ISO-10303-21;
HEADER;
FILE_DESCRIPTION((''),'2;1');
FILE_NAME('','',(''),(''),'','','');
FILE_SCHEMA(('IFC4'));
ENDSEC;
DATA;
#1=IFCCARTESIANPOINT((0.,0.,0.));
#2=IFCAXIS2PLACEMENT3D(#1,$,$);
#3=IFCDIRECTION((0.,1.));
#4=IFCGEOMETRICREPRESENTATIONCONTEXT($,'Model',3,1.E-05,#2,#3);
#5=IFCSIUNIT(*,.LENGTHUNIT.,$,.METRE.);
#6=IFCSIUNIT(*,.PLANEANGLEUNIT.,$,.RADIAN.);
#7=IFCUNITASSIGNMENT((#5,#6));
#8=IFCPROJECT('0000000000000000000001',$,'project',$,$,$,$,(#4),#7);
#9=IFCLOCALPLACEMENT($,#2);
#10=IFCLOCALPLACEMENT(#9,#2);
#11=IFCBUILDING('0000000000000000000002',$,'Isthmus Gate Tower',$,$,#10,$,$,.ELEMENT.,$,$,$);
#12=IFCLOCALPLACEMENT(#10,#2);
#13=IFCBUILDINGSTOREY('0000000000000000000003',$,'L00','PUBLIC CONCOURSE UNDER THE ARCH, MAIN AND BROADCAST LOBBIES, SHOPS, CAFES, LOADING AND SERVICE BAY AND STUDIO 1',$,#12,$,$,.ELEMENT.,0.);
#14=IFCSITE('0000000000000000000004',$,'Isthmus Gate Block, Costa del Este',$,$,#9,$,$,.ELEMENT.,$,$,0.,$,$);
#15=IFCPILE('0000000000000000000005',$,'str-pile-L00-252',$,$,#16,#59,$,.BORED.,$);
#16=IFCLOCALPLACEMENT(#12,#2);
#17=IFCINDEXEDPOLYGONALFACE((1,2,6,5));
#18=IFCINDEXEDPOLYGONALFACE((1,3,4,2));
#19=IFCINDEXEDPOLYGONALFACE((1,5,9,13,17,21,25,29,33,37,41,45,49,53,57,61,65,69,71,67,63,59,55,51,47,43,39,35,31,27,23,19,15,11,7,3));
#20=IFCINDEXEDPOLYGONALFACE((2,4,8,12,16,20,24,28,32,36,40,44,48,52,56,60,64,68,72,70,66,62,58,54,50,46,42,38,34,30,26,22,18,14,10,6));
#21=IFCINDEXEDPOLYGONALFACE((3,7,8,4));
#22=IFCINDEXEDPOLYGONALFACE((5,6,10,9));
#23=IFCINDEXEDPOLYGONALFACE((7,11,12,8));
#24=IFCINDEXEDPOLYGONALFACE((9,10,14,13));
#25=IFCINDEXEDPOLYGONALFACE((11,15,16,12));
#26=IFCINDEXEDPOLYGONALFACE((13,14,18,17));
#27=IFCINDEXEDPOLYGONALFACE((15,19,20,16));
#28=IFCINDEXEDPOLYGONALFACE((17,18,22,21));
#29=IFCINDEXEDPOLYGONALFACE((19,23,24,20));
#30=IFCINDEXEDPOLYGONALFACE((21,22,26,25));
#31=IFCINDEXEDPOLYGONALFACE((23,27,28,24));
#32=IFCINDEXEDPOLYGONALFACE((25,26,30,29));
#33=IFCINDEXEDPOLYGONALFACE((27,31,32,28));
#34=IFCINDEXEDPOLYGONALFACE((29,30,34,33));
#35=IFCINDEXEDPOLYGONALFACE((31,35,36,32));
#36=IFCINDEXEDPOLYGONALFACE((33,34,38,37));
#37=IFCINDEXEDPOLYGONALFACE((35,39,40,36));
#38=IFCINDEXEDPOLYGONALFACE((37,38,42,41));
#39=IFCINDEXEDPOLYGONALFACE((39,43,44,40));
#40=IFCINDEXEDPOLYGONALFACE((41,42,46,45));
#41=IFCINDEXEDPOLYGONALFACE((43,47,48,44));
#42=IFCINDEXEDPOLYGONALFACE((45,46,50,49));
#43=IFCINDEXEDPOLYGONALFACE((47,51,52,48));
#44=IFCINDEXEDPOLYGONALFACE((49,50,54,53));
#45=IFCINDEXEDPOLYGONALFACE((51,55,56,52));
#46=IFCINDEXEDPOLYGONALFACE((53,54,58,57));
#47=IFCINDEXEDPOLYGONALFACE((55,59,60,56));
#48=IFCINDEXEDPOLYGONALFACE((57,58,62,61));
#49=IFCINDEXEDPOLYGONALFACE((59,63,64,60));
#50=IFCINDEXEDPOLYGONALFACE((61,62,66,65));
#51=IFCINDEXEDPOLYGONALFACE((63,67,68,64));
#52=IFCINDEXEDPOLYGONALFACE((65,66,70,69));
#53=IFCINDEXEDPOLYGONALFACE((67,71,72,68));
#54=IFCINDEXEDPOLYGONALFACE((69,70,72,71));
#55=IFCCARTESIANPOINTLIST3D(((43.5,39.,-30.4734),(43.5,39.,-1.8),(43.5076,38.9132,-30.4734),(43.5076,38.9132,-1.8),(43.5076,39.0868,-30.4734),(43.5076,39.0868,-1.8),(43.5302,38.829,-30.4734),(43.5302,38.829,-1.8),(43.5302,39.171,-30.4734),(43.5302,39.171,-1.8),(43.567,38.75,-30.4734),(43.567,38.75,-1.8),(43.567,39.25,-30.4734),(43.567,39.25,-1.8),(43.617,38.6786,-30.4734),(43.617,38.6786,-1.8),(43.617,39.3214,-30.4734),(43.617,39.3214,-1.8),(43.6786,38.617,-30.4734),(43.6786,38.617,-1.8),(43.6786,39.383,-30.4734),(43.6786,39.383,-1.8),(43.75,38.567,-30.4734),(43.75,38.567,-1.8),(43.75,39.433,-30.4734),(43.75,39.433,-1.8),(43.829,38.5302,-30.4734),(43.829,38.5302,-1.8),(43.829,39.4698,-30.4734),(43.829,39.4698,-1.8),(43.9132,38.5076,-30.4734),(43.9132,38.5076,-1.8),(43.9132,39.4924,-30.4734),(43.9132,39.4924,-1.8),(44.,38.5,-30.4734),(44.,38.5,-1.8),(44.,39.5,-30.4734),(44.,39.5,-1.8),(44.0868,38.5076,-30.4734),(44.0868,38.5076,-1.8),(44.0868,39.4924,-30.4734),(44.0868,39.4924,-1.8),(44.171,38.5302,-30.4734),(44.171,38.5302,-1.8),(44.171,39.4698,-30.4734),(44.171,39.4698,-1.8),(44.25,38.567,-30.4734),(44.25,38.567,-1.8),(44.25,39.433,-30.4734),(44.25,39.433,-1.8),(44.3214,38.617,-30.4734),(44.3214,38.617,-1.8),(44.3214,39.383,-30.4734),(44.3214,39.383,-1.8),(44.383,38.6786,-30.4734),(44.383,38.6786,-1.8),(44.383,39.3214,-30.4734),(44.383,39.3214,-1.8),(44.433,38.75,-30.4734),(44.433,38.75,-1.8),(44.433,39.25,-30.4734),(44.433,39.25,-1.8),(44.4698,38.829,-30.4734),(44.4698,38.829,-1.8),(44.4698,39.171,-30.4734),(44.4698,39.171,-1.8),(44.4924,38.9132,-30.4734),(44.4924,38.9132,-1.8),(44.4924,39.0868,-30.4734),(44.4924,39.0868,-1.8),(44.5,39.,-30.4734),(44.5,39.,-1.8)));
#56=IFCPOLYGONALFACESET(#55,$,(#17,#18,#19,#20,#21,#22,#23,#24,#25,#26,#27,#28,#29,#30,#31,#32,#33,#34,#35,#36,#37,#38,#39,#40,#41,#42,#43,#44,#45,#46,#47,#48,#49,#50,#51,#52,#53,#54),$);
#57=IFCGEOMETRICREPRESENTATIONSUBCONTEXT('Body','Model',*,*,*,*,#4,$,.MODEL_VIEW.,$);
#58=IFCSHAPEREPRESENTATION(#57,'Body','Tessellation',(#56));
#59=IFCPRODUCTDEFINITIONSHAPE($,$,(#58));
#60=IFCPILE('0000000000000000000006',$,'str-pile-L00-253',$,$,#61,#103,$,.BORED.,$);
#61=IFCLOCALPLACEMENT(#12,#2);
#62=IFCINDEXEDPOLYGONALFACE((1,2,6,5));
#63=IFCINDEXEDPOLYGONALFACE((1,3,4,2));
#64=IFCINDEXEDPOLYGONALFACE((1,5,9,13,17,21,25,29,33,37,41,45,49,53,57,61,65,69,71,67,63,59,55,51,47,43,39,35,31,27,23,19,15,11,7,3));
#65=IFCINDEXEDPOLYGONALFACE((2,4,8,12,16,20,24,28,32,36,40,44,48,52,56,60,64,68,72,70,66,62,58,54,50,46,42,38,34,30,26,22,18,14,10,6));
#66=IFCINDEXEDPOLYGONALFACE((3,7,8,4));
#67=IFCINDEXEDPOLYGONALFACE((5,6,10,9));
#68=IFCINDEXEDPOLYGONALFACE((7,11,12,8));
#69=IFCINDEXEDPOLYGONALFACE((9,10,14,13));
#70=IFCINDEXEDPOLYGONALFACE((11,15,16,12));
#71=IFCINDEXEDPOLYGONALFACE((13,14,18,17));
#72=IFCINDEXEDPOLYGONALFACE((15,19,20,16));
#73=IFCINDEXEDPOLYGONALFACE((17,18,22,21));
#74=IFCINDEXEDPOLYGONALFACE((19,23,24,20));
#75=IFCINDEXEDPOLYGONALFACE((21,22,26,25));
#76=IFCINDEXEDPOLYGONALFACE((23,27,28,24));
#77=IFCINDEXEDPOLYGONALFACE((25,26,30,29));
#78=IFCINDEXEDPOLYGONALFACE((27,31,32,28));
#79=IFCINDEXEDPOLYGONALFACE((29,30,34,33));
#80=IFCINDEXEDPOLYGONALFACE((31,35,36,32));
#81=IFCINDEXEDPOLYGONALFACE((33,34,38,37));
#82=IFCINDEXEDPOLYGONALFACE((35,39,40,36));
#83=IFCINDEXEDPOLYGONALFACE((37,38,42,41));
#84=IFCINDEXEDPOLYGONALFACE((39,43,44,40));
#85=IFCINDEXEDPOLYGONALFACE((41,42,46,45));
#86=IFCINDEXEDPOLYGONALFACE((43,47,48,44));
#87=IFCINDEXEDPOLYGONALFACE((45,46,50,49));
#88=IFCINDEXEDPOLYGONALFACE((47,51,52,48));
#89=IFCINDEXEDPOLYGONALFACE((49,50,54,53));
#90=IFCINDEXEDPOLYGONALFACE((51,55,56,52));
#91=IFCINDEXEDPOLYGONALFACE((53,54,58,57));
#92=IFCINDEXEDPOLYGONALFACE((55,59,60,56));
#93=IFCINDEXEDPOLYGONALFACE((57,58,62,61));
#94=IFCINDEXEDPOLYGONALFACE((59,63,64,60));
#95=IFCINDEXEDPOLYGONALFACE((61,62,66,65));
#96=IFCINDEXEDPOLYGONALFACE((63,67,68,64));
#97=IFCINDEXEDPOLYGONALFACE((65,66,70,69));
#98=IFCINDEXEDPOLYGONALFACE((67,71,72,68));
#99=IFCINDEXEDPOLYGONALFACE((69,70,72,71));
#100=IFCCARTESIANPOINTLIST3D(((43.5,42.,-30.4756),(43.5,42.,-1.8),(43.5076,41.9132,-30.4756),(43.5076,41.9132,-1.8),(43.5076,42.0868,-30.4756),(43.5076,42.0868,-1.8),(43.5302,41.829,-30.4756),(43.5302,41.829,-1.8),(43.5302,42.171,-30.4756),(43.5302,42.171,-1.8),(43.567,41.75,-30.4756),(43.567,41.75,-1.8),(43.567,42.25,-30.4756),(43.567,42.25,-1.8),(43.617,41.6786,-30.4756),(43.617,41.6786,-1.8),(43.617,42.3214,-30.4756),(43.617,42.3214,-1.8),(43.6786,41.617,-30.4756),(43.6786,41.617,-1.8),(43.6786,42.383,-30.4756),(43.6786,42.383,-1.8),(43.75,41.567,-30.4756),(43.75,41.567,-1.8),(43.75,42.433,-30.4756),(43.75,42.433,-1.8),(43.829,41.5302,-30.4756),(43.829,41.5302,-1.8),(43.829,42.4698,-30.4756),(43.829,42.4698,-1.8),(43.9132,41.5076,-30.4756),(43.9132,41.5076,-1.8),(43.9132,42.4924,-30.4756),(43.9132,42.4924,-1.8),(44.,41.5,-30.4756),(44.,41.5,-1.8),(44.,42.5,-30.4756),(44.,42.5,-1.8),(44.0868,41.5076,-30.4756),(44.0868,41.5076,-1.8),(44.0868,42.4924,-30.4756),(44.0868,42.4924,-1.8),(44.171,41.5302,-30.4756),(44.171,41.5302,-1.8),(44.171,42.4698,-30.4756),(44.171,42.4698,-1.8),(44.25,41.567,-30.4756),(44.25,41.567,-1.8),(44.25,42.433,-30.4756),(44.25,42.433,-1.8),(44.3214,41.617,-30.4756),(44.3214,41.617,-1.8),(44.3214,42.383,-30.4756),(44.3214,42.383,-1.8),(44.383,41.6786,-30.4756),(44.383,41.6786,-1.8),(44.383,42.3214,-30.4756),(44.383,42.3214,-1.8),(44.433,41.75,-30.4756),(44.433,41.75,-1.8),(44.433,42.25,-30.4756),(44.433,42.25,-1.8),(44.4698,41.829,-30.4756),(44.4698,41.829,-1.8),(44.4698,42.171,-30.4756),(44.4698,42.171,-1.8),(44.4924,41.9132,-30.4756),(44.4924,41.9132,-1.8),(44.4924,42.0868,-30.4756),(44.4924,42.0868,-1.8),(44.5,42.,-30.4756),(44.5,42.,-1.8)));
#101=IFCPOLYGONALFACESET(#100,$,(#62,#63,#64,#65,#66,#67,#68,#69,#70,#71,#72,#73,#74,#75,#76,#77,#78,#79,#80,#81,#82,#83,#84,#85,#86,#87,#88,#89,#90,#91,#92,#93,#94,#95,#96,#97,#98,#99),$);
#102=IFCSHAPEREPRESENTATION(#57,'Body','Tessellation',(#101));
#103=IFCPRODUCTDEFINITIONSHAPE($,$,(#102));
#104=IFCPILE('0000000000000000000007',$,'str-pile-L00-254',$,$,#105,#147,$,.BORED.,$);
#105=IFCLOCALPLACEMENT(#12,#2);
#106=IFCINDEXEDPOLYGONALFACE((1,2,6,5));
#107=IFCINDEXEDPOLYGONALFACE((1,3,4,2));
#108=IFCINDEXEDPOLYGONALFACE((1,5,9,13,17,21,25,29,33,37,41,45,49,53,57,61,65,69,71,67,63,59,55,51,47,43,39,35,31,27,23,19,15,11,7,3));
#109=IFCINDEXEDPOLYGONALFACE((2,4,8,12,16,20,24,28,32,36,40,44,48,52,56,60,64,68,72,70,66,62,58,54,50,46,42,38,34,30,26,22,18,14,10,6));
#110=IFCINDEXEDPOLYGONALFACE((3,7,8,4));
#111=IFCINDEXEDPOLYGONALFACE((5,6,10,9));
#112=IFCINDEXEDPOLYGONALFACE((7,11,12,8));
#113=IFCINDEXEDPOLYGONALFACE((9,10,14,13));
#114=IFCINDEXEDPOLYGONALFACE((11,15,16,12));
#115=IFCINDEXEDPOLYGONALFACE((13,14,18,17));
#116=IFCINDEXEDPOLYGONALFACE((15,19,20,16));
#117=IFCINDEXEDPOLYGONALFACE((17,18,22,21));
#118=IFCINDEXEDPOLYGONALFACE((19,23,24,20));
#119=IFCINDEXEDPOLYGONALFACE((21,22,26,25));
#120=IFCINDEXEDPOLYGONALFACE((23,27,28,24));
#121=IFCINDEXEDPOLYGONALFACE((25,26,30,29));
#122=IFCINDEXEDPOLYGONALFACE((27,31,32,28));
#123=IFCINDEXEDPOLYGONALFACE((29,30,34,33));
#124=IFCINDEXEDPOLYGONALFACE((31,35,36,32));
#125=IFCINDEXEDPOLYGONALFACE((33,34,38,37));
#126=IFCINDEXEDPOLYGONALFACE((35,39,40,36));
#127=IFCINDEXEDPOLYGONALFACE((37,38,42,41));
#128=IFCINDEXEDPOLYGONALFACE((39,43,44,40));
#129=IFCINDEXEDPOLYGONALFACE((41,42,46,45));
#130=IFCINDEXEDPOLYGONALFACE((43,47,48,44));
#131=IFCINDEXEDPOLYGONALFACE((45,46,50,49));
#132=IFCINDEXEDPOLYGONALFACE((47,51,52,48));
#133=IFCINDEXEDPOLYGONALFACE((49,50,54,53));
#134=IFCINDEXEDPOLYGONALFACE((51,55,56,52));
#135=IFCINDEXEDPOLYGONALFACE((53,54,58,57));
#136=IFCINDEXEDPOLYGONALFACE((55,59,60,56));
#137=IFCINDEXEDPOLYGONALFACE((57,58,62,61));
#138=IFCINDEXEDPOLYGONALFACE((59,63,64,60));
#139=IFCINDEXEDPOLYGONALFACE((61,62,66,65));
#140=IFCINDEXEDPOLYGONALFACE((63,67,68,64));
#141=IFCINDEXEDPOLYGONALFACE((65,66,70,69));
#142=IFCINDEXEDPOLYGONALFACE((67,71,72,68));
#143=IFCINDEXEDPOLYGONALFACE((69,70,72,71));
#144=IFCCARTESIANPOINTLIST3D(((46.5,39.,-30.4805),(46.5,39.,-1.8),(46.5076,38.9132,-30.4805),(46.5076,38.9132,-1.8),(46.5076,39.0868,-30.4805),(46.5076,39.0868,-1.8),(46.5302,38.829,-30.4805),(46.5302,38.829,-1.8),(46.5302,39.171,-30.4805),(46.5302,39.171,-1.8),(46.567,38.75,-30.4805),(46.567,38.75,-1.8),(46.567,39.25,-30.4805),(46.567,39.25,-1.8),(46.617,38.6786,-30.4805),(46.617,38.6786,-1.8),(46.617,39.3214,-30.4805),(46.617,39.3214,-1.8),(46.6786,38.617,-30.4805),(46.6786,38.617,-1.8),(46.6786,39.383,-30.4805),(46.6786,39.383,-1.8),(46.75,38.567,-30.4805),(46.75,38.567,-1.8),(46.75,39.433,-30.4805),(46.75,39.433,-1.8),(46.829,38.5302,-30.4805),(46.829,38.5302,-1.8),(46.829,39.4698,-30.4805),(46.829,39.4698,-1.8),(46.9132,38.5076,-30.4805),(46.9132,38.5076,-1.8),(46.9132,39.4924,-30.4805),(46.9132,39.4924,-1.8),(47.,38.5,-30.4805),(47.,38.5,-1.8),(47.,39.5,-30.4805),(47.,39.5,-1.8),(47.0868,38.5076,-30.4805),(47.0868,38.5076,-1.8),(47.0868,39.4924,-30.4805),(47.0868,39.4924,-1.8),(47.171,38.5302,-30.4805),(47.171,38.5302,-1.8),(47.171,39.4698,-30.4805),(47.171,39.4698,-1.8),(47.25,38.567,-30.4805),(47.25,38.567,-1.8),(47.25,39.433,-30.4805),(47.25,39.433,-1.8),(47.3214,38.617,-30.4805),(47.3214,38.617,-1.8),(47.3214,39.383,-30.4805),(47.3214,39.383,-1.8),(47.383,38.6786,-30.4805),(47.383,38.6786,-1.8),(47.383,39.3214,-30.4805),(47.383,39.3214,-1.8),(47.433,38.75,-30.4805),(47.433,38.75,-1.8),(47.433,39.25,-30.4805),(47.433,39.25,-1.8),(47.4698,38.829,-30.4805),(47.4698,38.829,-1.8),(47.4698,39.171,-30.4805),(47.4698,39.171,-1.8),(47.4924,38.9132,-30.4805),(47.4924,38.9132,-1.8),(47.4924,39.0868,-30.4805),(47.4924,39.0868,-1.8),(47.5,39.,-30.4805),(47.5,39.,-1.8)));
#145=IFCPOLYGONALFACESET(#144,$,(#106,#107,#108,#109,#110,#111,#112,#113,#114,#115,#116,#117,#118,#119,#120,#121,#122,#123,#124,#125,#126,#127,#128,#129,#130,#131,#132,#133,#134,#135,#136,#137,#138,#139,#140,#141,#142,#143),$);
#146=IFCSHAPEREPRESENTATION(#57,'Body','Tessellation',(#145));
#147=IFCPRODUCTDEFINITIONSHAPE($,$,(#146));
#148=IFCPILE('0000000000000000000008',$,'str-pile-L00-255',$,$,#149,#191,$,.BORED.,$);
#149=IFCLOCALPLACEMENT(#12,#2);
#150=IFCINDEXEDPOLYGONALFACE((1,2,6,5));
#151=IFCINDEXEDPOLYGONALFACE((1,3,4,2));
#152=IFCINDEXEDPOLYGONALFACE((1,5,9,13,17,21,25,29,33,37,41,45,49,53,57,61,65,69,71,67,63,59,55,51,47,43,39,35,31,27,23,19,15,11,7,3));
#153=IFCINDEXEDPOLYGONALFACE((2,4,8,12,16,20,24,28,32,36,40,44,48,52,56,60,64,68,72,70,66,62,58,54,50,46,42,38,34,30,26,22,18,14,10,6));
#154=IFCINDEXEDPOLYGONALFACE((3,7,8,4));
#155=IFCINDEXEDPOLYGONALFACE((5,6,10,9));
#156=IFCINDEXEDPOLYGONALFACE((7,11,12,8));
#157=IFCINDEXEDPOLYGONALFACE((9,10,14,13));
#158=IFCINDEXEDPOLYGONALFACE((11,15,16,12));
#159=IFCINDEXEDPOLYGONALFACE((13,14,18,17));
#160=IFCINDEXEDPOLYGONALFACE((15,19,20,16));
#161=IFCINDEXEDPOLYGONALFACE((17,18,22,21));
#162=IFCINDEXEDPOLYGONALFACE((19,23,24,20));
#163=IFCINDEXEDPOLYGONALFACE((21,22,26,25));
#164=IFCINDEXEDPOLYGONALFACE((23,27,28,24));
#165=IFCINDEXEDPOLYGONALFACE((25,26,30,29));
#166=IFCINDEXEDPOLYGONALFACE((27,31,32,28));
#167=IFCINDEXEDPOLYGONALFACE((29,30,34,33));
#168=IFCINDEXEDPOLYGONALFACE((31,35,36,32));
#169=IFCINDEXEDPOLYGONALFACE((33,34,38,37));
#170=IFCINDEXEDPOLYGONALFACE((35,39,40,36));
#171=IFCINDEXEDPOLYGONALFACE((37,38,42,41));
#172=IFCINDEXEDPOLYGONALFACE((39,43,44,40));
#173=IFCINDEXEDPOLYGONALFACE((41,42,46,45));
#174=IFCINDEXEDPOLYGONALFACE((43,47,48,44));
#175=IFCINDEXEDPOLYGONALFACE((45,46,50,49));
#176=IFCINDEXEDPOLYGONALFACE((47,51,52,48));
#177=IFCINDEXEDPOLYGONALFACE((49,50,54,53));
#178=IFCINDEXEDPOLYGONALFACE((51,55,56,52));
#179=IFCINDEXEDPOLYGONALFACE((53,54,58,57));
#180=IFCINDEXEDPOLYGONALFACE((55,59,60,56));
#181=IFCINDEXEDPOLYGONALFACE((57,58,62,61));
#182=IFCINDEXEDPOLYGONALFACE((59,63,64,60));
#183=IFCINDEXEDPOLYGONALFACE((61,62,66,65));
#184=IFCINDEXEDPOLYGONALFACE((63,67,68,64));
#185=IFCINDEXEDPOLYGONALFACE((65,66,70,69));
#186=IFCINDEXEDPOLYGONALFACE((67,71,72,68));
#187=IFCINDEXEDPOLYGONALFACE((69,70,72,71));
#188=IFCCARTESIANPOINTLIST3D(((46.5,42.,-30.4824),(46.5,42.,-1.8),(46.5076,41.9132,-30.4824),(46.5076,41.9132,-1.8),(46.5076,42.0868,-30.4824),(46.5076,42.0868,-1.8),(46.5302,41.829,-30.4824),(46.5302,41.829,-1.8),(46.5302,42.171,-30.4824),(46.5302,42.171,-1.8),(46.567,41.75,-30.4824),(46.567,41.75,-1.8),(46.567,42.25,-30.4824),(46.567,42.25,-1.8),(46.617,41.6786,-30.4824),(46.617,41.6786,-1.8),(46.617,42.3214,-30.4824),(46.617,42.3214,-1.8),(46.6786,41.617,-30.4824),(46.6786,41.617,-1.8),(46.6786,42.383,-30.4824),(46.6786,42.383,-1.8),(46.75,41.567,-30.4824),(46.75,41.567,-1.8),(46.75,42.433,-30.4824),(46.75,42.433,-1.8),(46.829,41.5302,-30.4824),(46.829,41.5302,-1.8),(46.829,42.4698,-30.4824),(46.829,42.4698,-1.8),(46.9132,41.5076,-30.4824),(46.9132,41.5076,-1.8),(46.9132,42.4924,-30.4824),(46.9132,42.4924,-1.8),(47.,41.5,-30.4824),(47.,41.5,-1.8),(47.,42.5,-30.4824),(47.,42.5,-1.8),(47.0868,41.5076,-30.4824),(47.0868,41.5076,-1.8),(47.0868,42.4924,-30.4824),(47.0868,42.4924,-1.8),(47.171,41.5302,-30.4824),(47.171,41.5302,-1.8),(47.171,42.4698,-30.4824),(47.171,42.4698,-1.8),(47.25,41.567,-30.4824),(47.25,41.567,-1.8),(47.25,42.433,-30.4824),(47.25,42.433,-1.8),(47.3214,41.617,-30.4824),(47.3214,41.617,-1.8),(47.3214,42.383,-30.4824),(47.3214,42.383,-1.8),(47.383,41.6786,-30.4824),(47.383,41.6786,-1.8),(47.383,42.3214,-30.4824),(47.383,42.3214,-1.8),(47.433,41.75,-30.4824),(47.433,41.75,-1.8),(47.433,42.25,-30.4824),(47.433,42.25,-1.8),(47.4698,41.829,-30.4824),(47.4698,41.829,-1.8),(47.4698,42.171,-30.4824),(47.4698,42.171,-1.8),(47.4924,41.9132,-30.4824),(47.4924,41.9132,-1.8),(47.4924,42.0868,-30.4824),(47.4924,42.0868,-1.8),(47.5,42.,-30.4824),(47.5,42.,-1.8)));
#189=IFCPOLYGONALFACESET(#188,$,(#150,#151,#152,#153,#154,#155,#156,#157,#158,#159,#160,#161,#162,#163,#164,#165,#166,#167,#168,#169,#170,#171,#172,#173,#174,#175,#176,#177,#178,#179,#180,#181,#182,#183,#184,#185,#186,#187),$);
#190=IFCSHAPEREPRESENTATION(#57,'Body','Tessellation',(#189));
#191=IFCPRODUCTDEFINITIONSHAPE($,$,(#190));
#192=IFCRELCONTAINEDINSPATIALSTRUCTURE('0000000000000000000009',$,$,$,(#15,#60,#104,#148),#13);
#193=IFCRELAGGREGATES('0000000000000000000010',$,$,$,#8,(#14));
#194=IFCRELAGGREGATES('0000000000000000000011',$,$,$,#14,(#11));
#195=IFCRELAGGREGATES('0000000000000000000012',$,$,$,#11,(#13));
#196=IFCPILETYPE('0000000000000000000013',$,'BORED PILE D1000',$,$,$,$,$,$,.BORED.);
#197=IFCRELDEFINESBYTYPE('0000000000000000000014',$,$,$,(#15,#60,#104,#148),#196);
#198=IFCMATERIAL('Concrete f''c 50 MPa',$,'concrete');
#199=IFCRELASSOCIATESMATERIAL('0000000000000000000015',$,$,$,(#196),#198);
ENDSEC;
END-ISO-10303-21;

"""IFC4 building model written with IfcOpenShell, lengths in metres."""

from ifc_helpers import new_model, si_unit, direction, frame, origin, origin_2d, place, context, subcontext, project, spatial, circle, extrude, material, material_profile, profile_set, type_object, element, save


model = new_model("IFC4")

# Units and contexts
model_context = context("Model", 3, precision=1e-05, world=origin(), true_north=direction((0.0, 1.0)))
body_context = subcontext(model_context, "Body", "Model", "MODEL_VIEW")
ifc_project = project(units=[si_unit("LENGTHUNIT", "METRE"), si_unit("PLANEANGLEUNIT", "RADIAN")], contexts=[model_context])

# Site, building, storey
site_placement = place(None, origin())
site = spatial("IfcSite", under=ifc_project, at=site_placement, Name="Isthmus Gate Block, Costa del Este", CompositionType="ELEMENT", RefElevation=0.0)
building_placement = place(site_placement, origin())
building = spatial("IfcBuilding", under=site, at=building_placement, Name="Isthmus Gate Tower", CompositionType="ELEMENT")
storey_placement = place(building_placement, origin())
storey = spatial("IfcBuildingStorey", under=building, at=storey_placement, Name="L00", Description="PUBLIC CONCOURSE UNDER THE ARCH, MAIN AND BROADCAST LOBBIES, SHOPS, CAFES, LOADING AND SERVICE BAY AND STUDIO 1", CompositionType="ELEMENT", Elevation=0.0)

# Piles
ifc_material_1 = material(Name="Concrete f'c 50 MPa", Category="concrete")
ifc_material_profile_1 = material_profile(ifc_material_1, circle(Radius=0.5, at=origin_2d()), Name="D1000")
ifc_profile_set_1 = profile_set([ifc_material_profile_1], Name="Concrete f'c 50 MPa")
pile_type = type_object("IfcPileType", Name="BORED PILE D1000", PredefinedType="BORED", material=ifc_profile_set_1)
pile_1_placement = place(storey_placement, frame((44.0, 39.0, -1.8), z_axis=(0.0, 0.0, -1.0), x_axis=(1.0, 0.0, 0.0)))
element("IfcPile", 1, at=pile_1_placement, inside=storey, type_object=pile_type, Name="str-pile-L00-252", PredefinedType="BORED", context=body_context, shape_type="SweptSolid", body=[
    extrude(circle(Radius=0.5, at=origin_2d()), origin(), (0.0, 0.0, 1.0), 28.6733),
])
pile_2_placement = place(storey_placement, frame((44.0, 42.0, -1.8), z_axis=(0.0, 0.0, -1.0), x_axis=(1.0, 0.0, 0.0)))
element("IfcPile", 2, at=pile_2_placement, inside=storey, type_object=pile_type, Name="str-pile-L00-253", PredefinedType="BORED", context=body_context, shape_type="SweptSolid", body=[
    extrude(circle(Radius=0.5, at=origin_2d()), origin(), (0.0, 0.0, 1.0), 28.6755),
])
pile_3_placement = place(storey_placement, frame((47.0, 39.0, -1.8), z_axis=(0.0, 0.0, -1.0), x_axis=(1.0, 0.0, 0.0)))
element("IfcPile", 3, at=pile_3_placement, inside=storey, type_object=pile_type, Name="str-pile-L00-254", PredefinedType="BORED", context=body_context, shape_type="SweptSolid", body=[
    extrude(circle(Radius=0.5, at=origin_2d()), origin(), (0.0, 0.0, 1.0), 28.6804),
])
pile_4_placement = place(storey_placement, frame((47.0, 42.0, -1.8), z_axis=(0.0, 0.0, -1.0), x_axis=(1.0, 0.0, 0.0)))
element("IfcPile", 4, at=pile_4_placement, inside=storey, type_object=pile_type, Name="str-pile-L00-255", PredefinedType="BORED", context=body_context, shape_type="SweptSolid", body=[
    extrude(circle(Radius=0.5, at=origin_2d()), origin(), (0.0, 0.0, 1.0), 28.6824),
])

save(model, "model.ifc")
